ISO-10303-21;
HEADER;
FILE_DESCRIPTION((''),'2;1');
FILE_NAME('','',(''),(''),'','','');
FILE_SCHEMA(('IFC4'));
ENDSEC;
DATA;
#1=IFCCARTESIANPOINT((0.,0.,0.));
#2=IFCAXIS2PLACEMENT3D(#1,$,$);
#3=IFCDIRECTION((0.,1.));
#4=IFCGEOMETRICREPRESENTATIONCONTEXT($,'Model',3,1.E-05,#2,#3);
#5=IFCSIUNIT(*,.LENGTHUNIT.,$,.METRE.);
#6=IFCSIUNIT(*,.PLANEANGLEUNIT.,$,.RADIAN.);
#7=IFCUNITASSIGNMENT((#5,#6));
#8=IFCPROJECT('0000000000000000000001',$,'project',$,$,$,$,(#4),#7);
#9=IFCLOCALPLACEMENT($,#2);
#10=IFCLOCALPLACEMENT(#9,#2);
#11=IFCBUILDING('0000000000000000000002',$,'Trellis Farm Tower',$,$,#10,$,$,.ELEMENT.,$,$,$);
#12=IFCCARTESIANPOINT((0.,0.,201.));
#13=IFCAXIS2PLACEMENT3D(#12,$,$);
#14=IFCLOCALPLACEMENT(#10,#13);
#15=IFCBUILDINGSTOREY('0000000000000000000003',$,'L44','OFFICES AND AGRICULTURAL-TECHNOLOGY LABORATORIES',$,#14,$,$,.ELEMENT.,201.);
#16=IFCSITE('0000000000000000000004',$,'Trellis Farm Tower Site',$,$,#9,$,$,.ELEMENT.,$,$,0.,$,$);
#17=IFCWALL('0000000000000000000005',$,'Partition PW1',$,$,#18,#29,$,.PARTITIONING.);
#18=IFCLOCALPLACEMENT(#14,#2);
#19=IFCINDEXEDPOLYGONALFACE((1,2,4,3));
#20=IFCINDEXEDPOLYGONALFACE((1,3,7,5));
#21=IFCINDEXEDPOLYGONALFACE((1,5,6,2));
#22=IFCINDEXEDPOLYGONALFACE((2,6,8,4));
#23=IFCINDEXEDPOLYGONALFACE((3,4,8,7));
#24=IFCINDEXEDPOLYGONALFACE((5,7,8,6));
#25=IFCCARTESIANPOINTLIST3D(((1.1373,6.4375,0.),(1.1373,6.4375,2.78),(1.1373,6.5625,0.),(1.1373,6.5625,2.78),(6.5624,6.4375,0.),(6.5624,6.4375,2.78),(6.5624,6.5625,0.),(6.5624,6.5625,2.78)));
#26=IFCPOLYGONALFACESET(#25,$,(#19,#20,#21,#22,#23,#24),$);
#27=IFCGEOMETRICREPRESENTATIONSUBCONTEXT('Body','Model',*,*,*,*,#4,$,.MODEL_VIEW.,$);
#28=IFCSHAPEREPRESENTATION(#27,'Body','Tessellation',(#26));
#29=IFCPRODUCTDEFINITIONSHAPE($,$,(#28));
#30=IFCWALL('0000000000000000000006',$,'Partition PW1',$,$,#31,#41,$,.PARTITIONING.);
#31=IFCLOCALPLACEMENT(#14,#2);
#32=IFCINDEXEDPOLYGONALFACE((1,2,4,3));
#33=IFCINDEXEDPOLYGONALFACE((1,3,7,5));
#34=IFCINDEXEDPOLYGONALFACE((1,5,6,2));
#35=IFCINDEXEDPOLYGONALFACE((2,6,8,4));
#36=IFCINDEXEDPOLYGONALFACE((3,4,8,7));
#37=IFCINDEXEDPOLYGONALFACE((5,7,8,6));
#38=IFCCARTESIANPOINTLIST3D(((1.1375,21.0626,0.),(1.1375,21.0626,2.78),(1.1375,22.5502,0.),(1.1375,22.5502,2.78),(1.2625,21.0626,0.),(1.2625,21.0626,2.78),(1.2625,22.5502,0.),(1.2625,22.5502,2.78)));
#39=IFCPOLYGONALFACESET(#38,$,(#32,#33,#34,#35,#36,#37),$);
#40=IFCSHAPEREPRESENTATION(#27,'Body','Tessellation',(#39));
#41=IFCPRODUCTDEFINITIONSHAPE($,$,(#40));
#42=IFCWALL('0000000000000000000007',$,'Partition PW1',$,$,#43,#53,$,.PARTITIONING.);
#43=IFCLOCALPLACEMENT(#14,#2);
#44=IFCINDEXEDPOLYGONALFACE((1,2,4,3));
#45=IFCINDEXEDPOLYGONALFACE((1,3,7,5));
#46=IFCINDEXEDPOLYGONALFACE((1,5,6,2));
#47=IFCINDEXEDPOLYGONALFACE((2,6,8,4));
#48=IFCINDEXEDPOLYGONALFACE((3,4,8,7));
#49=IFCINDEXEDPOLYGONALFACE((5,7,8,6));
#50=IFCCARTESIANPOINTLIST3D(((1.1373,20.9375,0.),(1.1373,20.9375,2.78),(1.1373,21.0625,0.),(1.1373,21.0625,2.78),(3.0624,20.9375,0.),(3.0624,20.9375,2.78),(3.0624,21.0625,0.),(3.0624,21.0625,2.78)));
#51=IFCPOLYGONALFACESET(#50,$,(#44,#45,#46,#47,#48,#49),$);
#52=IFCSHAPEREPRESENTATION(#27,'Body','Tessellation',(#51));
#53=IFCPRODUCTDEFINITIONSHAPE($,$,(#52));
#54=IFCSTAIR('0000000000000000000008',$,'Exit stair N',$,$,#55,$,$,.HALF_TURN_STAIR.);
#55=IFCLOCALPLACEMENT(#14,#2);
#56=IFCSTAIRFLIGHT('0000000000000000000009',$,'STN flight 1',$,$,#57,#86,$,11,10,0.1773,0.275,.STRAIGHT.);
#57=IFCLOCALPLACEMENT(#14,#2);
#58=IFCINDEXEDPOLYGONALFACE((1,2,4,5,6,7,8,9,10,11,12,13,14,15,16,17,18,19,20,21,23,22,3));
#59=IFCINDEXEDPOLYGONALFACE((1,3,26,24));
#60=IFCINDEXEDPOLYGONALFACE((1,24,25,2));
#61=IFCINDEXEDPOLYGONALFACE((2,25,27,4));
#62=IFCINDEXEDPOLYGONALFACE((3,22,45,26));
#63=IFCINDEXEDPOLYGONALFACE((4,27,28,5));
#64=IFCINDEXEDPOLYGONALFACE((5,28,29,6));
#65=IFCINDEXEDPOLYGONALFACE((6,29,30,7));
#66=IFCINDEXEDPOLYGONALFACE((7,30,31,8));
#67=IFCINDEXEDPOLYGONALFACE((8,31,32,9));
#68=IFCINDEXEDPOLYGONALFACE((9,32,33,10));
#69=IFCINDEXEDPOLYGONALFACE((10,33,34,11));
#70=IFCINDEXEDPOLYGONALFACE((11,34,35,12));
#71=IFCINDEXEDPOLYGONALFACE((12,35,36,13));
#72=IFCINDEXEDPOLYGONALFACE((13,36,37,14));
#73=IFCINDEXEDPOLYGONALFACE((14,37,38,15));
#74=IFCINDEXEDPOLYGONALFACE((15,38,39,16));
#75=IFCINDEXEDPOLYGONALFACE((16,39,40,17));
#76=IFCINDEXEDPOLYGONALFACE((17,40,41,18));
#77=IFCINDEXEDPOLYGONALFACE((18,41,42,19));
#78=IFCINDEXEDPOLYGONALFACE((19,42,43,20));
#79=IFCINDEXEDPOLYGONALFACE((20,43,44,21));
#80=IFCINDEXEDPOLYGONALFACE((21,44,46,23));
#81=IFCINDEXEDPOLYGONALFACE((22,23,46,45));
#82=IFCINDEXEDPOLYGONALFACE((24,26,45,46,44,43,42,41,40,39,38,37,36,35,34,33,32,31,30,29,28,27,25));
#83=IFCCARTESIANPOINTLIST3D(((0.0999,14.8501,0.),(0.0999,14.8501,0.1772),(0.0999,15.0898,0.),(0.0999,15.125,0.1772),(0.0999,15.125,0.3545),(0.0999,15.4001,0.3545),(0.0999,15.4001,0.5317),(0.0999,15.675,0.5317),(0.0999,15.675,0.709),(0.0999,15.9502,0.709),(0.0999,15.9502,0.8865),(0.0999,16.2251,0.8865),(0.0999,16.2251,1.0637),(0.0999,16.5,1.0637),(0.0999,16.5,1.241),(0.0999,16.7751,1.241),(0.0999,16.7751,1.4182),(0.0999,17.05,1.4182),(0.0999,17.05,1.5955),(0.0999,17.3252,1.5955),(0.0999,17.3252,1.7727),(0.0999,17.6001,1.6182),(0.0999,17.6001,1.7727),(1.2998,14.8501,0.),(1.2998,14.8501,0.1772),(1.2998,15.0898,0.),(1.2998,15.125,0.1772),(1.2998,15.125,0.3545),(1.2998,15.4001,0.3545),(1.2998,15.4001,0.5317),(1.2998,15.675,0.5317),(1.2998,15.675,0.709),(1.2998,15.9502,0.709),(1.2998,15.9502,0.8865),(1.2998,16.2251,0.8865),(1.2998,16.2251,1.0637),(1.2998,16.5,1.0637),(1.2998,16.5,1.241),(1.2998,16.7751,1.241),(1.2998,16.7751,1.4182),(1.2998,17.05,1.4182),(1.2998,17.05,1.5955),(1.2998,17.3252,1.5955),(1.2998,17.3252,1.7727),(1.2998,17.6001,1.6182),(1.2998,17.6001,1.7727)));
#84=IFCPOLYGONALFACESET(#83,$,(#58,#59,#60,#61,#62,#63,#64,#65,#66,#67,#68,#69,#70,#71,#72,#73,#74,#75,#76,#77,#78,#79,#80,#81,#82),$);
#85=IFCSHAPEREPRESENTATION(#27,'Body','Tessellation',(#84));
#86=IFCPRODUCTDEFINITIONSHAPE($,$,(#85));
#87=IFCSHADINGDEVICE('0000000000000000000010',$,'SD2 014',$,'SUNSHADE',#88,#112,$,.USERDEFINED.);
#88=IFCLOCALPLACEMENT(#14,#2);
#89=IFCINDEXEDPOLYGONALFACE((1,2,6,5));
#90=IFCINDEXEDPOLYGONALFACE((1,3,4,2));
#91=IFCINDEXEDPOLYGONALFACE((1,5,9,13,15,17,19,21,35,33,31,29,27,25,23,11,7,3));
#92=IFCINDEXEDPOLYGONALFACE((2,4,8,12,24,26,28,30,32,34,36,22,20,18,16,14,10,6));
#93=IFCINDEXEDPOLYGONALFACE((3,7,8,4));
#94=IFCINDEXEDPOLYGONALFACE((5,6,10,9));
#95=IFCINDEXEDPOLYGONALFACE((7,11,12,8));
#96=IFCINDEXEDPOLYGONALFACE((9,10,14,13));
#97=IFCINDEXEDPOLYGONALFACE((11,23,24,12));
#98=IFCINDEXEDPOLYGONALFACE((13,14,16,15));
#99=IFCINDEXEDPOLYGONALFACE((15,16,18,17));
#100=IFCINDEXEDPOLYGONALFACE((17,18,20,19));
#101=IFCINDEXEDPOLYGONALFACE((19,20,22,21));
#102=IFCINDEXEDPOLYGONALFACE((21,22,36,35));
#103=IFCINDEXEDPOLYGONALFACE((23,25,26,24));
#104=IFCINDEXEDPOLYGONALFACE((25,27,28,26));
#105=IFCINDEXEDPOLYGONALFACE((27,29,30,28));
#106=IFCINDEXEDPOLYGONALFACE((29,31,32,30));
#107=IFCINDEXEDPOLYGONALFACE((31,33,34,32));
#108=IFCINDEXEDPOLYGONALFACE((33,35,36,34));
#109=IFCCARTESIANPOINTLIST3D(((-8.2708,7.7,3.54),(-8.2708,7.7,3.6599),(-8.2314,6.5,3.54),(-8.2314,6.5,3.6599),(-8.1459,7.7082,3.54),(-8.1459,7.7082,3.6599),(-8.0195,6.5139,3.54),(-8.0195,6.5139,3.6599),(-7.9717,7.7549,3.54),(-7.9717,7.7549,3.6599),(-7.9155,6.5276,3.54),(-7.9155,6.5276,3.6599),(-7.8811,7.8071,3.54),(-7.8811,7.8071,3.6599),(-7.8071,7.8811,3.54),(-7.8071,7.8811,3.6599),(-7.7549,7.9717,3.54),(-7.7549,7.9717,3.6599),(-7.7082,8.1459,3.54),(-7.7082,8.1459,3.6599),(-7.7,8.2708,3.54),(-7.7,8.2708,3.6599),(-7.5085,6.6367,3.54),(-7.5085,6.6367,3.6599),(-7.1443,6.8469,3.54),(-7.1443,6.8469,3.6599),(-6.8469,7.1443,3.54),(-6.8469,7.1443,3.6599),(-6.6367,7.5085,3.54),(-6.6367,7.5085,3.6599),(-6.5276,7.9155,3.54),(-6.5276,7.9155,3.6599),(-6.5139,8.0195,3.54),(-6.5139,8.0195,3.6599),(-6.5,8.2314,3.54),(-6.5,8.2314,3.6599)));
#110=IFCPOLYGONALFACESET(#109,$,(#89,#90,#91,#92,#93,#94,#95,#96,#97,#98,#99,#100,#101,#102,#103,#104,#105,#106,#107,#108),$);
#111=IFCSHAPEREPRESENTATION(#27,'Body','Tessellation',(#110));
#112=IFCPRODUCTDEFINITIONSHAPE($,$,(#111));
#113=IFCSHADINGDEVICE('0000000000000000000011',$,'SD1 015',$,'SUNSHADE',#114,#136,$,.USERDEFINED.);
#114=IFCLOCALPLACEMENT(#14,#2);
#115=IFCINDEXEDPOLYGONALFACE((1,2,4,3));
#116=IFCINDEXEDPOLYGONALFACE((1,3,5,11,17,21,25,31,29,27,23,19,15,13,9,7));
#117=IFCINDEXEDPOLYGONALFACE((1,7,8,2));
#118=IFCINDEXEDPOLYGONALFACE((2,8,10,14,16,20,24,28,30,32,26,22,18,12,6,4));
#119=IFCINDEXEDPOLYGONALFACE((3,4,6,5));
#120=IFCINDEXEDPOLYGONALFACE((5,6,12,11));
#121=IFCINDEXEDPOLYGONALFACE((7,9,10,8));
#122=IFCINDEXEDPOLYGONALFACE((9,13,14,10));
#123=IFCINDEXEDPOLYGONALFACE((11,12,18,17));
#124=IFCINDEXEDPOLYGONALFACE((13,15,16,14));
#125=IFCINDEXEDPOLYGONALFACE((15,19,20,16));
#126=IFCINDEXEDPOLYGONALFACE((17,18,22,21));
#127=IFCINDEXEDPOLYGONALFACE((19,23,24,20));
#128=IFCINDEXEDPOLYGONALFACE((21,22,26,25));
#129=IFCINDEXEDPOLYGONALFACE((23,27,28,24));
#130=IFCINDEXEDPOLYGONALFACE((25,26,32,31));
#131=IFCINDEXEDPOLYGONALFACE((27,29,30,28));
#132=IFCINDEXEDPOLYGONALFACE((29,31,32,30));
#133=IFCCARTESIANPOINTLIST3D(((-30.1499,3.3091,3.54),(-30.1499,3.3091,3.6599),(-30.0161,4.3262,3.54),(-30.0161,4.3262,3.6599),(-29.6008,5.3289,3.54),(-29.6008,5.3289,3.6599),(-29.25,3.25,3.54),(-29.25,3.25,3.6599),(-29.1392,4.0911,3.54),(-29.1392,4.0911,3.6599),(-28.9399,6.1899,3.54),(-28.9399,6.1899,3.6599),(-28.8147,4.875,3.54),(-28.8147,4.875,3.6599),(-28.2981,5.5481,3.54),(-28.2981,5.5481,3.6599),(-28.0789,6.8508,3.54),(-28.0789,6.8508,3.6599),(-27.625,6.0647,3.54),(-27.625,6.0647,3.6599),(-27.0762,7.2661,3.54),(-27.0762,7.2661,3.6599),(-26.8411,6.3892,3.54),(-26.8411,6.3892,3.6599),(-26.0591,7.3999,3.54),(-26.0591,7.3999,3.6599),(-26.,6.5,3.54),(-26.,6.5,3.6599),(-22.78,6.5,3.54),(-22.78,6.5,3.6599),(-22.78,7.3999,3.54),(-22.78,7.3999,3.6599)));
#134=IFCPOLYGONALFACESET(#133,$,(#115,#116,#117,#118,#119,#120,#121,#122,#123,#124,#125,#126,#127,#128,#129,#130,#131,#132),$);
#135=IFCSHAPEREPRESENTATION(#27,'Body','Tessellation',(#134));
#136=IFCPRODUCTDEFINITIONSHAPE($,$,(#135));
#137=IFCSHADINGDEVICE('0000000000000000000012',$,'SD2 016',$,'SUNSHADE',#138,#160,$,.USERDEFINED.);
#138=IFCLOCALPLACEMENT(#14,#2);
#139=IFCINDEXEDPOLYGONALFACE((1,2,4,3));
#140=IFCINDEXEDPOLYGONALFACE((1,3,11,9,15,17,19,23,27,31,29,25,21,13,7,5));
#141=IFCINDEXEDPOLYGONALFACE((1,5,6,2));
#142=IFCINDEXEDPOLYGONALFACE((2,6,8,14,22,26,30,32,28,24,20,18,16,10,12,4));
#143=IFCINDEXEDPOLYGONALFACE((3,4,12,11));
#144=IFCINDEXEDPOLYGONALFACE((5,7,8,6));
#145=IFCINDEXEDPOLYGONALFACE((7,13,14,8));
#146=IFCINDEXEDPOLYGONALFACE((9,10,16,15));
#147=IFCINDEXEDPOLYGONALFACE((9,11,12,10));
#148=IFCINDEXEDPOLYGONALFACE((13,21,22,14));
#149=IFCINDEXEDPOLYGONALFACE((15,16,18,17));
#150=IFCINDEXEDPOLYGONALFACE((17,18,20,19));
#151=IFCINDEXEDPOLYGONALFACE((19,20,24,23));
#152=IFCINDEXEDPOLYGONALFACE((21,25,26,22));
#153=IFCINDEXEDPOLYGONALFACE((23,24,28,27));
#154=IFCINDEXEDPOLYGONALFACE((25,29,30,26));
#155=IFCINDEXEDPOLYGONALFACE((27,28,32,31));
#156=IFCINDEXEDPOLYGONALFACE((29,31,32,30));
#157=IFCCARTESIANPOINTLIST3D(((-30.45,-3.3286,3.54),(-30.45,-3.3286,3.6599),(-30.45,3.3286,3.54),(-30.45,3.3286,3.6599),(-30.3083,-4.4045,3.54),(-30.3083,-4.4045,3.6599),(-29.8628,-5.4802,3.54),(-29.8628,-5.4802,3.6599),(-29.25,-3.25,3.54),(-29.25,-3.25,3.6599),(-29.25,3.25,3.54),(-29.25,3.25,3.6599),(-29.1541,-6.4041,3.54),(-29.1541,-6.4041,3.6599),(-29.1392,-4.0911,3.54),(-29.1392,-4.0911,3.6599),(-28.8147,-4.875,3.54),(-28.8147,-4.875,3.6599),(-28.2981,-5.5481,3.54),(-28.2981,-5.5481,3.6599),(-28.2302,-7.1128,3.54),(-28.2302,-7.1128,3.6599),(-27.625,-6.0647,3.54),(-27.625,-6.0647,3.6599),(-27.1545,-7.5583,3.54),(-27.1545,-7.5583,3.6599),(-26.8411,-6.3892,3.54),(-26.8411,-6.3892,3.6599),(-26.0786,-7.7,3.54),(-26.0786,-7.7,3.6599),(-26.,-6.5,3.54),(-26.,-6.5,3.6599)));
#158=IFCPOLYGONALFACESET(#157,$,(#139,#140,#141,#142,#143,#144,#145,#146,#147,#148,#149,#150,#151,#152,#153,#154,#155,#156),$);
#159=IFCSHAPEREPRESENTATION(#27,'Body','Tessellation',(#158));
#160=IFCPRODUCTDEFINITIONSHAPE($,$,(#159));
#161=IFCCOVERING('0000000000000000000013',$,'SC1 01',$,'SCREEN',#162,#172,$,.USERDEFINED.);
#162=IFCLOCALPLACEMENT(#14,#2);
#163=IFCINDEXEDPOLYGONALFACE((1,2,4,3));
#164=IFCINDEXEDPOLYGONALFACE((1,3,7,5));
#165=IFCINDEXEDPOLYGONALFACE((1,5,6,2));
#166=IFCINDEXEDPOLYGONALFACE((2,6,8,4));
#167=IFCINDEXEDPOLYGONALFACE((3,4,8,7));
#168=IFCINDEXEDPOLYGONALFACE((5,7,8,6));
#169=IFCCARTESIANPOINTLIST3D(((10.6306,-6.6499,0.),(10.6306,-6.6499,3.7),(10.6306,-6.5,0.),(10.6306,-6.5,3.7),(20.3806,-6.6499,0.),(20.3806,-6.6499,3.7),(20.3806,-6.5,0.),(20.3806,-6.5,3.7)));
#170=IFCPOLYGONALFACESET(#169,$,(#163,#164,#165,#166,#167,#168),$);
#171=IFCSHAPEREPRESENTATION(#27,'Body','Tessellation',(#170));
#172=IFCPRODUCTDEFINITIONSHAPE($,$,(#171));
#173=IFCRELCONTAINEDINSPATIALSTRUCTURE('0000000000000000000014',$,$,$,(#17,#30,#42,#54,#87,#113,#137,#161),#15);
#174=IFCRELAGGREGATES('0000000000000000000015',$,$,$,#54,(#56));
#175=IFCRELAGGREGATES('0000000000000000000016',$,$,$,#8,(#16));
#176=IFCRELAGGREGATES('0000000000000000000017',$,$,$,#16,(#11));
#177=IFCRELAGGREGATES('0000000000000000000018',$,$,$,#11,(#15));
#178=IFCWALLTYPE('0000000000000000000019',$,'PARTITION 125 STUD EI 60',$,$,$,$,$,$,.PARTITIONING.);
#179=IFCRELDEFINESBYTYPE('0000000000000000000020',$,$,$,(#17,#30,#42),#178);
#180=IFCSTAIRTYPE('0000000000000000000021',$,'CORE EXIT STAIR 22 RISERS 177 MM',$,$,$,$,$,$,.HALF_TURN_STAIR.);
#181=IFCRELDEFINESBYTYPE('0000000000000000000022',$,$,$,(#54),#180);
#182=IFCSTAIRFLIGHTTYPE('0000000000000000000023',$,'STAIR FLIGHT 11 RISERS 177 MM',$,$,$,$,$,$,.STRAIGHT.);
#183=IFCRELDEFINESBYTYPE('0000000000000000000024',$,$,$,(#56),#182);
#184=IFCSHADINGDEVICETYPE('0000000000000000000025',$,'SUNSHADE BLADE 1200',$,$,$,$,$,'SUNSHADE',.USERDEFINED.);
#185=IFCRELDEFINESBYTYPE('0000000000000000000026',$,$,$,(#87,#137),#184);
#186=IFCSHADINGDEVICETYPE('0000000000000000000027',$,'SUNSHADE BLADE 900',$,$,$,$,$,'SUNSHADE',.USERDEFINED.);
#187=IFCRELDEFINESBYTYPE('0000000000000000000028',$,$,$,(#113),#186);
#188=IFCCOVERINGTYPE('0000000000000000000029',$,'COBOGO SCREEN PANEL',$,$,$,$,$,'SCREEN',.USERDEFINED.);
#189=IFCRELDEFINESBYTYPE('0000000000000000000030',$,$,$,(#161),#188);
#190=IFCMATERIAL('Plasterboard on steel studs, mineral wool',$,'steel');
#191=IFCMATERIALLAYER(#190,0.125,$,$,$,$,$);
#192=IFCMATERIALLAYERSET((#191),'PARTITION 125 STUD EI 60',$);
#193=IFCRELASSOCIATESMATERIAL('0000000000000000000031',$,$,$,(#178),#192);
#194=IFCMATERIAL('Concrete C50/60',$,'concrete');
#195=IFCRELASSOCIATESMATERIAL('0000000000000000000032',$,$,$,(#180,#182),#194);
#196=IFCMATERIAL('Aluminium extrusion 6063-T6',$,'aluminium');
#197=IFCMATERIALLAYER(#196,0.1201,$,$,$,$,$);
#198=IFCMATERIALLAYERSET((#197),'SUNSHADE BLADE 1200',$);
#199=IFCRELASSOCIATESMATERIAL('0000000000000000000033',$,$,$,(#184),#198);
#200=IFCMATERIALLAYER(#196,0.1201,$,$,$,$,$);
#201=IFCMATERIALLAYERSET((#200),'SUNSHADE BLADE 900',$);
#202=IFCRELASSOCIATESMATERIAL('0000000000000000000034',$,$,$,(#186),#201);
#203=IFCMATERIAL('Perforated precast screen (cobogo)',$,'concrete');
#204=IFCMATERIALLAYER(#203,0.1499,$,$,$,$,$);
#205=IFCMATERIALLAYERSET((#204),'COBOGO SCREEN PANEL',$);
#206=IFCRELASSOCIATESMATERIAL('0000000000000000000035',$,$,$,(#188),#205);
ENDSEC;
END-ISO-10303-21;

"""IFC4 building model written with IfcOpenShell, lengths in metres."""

from ifc_helpers import new_model, si_unit, direction, frame, frame_2d, origin, place, context, subcontext, project, spatial, polyline, rectangle, outline, extrude, source, transform, mapped, material, layer, layer_set, type_object, element, aggregate, save


model = new_model("IFC4")

# Units and contexts
model_context = context("Model", 3, precision=1e-05, world=origin(), true_north=direction((0.0, 1.0)))
body_context = subcontext(model_context, "Body", "Model", "MODEL_VIEW")
ifc_project = project(units=[si_unit("LENGTHUNIT", "METRE"), si_unit("PLANEANGLEUNIT", "RADIAN")], contexts=[model_context])

# Site, building, storey
site_placement = place(None, origin())
site = spatial("IfcSite", under=ifc_project, at=site_placement, Name="Trellis Farm Tower Site", CompositionType="ELEMENT", RefElevation=0.0)
building_placement = place(site_placement, origin())
building = spatial("IfcBuilding", under=site, at=building_placement, Name="Trellis Farm Tower", CompositionType="ELEMENT")
storey_placement = place(building_placement, frame((0.0, 0.0, 201.0)))
storey = spatial("IfcBuildingStorey", under=building, at=storey_placement, Name="L44", Description="OFFICES AND AGRICULTURAL-TECHNOLOGY LABORATORIES", CompositionType="ELEMENT", Elevation=201.0)

# Shared definitions
placement_1 = place(storey_placement, origin())
ifc_material_1 = material(Name="Aluminium extrusion 6063-T6", Category="aluminium")

# Walls
ifc_material_2 = material(Name="Plasterboard on steel studs, mineral wool", Category="steel")
ifc_layer_1 = layer(ifc_material_2, 0.125)
ifc_layer_set_1 = layer_set([ifc_layer_1], Name="PARTITION 125 STUD EI 60")
wall_type_1 = type_object("IfcWallType", Name="PARTITION 125 STUD EI 60", PredefinedType="PARTITIONING", material=ifc_layer_set_1)
shared_shape_1 = source(origin(), body_context, "Body", "SweptSolid", [
    extrude(rectangle(XDim=5.425, YDim=0.125, at=frame_2d((2.7124, 0.0))), origin(), (0.0, 0.0, 1.0), 2.78),
])
wall_1_placement = place(storey_placement, frame((1.1375, 6.5, 0.0), z_axis=(0.0, 0.0, 1.0), x_axis=(1.0, 0.0, 0.0)))
element("IfcWall", 1, at=wall_1_placement, inside=storey, type_object=wall_type_1, Name="Partition PW1", PredefinedType="PARTITIONING", context=body_context, shape_type="MappedRepresentation", body=[
    mapped(shared_shape_1, transform((0.0, 0.0, 0.0))),
])
shared_shape_2 = source(origin(), body_context, "Body", "SweptSolid", [
    extrude(rectangle(XDim=1.4875, YDim=0.125, at=frame_2d((0.7437, 0.0))), origin(), (0.0, 0.0, 1.0), 2.78),
])
wall_2_placement = place(storey_placement, frame((1.2, 22.55, 0.0), z_axis=(0.0, 0.0, 1.0), x_axis=(0.0, -1.0, 0.0)))
element("IfcWall", 2, at=wall_2_placement, inside=storey, type_object=wall_type_1, Name="Partition PW1", PredefinedType="PARTITIONING", context=body_context, shape_type="MappedRepresentation", body=[
    mapped(shared_shape_2, transform((0.0, 0.0, 0.0))),
])
shared_shape_3 = source(origin(), body_context, "Body", "SweptSolid", [
    extrude(rectangle(XDim=1.925, YDim=0.125, at=frame_2d((0.9624, 0.0))), origin(), (0.0, 0.0, 1.0), 2.78),
])
wall_3_placement = place(storey_placement, frame((1.1375, 21.0, 0.0), z_axis=(0.0, 0.0, 1.0), x_axis=(1.0, 0.0, 0.0)))
element("IfcWall", 3, at=wall_3_placement, inside=storey, type_object=wall_type_1, Name="Partition PW1", PredefinedType="PARTITIONING", context=body_context, shape_type="MappedRepresentation", body=[
    mapped(shared_shape_3, transform((0.0, 0.0, 0.0))),
])

# Stair, stair flight
ifc_material_3 = material(Name="Concrete C50/60", Category="concrete")
stair_type = type_object("IfcStairType", Name="CORE EXIT STAIR 22 RISERS 177 MM", PredefinedType="HALF_TURN_STAIR", material=ifc_material_3)
stair = element("IfcStair", 4, at=placement_1, inside=storey, type_object=stair_type, Name="Exit stair N", PredefinedType="HALF_TURN_STAIR")
stair_flight_type = type_object("IfcStairFlightType", Name="STAIR FLIGHT 11 RISERS 177 MM", PredefinedType="STRAIGHT", material=ifc_material_3)
shared_shape_4 = source(origin(), body_context, "Body", "SweptSolid", [
    extrude(outline(polyline([(0.0, 0.0), (0.0, 0.1772), (0.2749, 0.1772), (0.2749, 0.3545), (0.55, 0.3545), (0.55, 0.5317), (0.825, 0.5317), (0.825, 0.709), (1.1001, 0.709), (1.1001, 0.8865), (1.375, 0.8865), (1.375, 1.0637), (1.6499, 1.0637), (1.6499, 1.241), (1.925, 1.241), (1.925, 1.4182), (2.2, 1.4182), (2.2, 1.5955), (2.4751, 1.5955), (2.4751, 1.7727), (2.75, 1.7727), (2.75, 1.95), (2.75, 1.6182), (0.2397, 0.0), (0.0, 0.0)])), frame((0.0, 0.6001, 0.0), z_axis=(0.0, -1.0, 0.0), x_axis=(1.0, 0.0, 0.0)), (0.0, 0.0, 1.0), 1.2),
])
stair_flight_placement = place(storey_placement, frame((0.7, 14.8501, 0.0), z_axis=(0.0, 0.0, 1.0), x_axis=(0.0, 1.0, 0.0)))
stair_flight = element("IfcStairFlight", 5, at=stair_flight_placement, type_object=stair_flight_type, Name="STN flight 1", NumberOfRisers=11, NumberOfTreads=10, PredefinedType="STRAIGHT", RiserHeight=0.1773, TreadLength=0.275, context=body_context, shape_type="MappedRepresentation", body=[
    mapped(shared_shape_4, transform((0.0, 0.0, 0.0))),
])
aggregate(stair, [stair_flight])

# Shading devices
ifc_layer_2 = layer(ifc_material_1, 0.1201)
ifc_layer_set_2 = layer_set([ifc_layer_2], Name="SUNSHADE BLADE 1200")
shading_device_type_1 = type_object("IfcShadingDeviceType", Name="SUNSHADE BLADE 1200", ElementType="SUNSHADE", PredefinedType="USERDEFINED", material=ifc_layer_set_2)
shared_shape_5 = source(origin(), body_context, "Body", "SweptSolid", [
    extrude(outline(polyline([(-7.7, 8.2708), (-7.7087, 8.1372), (-7.707, 8.1501), (-7.7549, 7.9717), (-7.8071, 7.8811), (-7.8811, 7.8071), (-7.9717, 7.7549), (-8.1501, 7.707), (-8.1372, 7.7087), (-8.2708, 7.7), (-8.2314, 6.5), (-8.0195, 6.5139), (-7.9155, 6.5276), (-7.5085, 6.6367), (-7.1443, 6.8469), (-6.8469, 7.1443), (-6.6367, 7.5085), (-6.5276, 7.9155), (-6.5139, 8.0195), (-6.5, 8.2314), (-7.7, 8.2708)])), origin(), (0.0, 0.0, 1.0), 0.1199),
])
placement_2 = place(storey_placement, frame((0.0, 0.0, 3.54)))
element("IfcShadingDevice", 6, at=placement_2, inside=storey, type_object=shading_device_type_1, Name="SD2 014", ObjectType="SUNSHADE", PredefinedType="USERDEFINED", context=body_context, shape_type="MappedRepresentation", body=[
    mapped(shared_shape_5, transform((0.0, 0.0, 0.0))),
])
ifc_layer_3 = layer(ifc_material_1, 0.1201)
ifc_layer_set_3 = layer_set([ifc_layer_3], Name="SUNSHADE BLADE 900")
shading_device_type_2 = type_object("IfcShadingDeviceType", Name="SUNSHADE BLADE 900", ElementType="SUNSHADE", PredefinedType="USERDEFINED", material=ifc_layer_set_3)
shared_shape_6 = source(origin(), body_context, "Body", "SweptSolid", [
    extrude(outline(polyline([(-22.78, 7.3999), (-26.0591, 7.3999), (-27.0762, 7.2661), (-28.0789, 6.8508), (-28.9399, 6.1899), (-29.6008, 5.3289), (-30.0161, 4.3262), (-30.1499, 3.3091), (-29.25, 3.25), (-29.1392, 4.0911), (-28.8147, 4.875), (-28.2981, 5.5481), (-27.625, 6.0647), (-26.8411, 6.3892), (-26.0, 6.5), (-22.78, 6.5), (-22.78, 7.3999)])), origin(), (0.0, 0.0, 1.0), 0.1199),
])
element("IfcShadingDevice", 7, at=placement_2, inside=storey, type_object=shading_device_type_2, Name="SD1 015", ObjectType="SUNSHADE", PredefinedType="USERDEFINED", context=body_context, shape_type="MappedRepresentation", body=[
    mapped(shared_shape_6, transform((0.0, 0.0, 0.0))),
])
shared_shape_7 = source(origin(), body_context, "Body", "SweptSolid", [
    extrude(outline(polyline([(-30.45, 3.3286), (-30.45, -3.3286), (-30.3083, -4.4045), (-29.8628, -5.4802), (-29.1541, -6.4041), (-28.2302, -7.1128), (-27.1545, -7.5583), (-26.0786, -7.7), (-26.0, -6.5), (-26.8411, -6.3892), (-27.625, -6.0647), (-28.2981, -5.5481), (-28.8147, -4.875), (-29.1392, -4.0911), (-29.25, -3.25), (-29.25, 3.25), (-30.45, 3.3286)])), origin(), (0.0, 0.0, 1.0), 0.1199),
])
element("IfcShadingDevice", 8, at=placement_2, inside=storey, type_object=shading_device_type_1, Name="SD2 016", ObjectType="SUNSHADE", PredefinedType="USERDEFINED", context=body_context, shape_type="MappedRepresentation", body=[
    mapped(shared_shape_7, transform((0.0, 0.0, 0.0))),
])

# Covering
ifc_material_4 = material(Name="Perforated precast screen (cobogo)", Category="concrete")
ifc_layer_4 = layer(ifc_material_4, 0.1499)
ifc_layer_set_4 = layer_set([ifc_layer_4], Name="COBOGO SCREEN PANEL")
covering_type = type_object("IfcCoveringType", Name="COBOGO SCREEN PANEL", ElementType="SCREEN", PredefinedType="USERDEFINED", material=ifc_layer_set_4)
shared_shape_8 = source(origin(), body_context, "Body", "SweptSolid", [
    extrude(outline(polyline([(10.6306, -6.6499), (20.3806, -6.6499), (20.3806, -6.5), (10.6306, -6.5), (10.6306, -6.6499)])), origin(), (0.0, 0.0, 1.0), 3.7),
])
element("IfcCovering", 9, at=placement_1, inside=storey, type_object=covering_type, Name="SC1 01", ObjectType="SCREEN", PredefinedType="USERDEFINED", context=body_context, shape_type="MappedRepresentation", body=[
    mapped(shared_shape_8, transform((0.0, 0.0, 0.0))),
])

save(model, "model.ifc")
